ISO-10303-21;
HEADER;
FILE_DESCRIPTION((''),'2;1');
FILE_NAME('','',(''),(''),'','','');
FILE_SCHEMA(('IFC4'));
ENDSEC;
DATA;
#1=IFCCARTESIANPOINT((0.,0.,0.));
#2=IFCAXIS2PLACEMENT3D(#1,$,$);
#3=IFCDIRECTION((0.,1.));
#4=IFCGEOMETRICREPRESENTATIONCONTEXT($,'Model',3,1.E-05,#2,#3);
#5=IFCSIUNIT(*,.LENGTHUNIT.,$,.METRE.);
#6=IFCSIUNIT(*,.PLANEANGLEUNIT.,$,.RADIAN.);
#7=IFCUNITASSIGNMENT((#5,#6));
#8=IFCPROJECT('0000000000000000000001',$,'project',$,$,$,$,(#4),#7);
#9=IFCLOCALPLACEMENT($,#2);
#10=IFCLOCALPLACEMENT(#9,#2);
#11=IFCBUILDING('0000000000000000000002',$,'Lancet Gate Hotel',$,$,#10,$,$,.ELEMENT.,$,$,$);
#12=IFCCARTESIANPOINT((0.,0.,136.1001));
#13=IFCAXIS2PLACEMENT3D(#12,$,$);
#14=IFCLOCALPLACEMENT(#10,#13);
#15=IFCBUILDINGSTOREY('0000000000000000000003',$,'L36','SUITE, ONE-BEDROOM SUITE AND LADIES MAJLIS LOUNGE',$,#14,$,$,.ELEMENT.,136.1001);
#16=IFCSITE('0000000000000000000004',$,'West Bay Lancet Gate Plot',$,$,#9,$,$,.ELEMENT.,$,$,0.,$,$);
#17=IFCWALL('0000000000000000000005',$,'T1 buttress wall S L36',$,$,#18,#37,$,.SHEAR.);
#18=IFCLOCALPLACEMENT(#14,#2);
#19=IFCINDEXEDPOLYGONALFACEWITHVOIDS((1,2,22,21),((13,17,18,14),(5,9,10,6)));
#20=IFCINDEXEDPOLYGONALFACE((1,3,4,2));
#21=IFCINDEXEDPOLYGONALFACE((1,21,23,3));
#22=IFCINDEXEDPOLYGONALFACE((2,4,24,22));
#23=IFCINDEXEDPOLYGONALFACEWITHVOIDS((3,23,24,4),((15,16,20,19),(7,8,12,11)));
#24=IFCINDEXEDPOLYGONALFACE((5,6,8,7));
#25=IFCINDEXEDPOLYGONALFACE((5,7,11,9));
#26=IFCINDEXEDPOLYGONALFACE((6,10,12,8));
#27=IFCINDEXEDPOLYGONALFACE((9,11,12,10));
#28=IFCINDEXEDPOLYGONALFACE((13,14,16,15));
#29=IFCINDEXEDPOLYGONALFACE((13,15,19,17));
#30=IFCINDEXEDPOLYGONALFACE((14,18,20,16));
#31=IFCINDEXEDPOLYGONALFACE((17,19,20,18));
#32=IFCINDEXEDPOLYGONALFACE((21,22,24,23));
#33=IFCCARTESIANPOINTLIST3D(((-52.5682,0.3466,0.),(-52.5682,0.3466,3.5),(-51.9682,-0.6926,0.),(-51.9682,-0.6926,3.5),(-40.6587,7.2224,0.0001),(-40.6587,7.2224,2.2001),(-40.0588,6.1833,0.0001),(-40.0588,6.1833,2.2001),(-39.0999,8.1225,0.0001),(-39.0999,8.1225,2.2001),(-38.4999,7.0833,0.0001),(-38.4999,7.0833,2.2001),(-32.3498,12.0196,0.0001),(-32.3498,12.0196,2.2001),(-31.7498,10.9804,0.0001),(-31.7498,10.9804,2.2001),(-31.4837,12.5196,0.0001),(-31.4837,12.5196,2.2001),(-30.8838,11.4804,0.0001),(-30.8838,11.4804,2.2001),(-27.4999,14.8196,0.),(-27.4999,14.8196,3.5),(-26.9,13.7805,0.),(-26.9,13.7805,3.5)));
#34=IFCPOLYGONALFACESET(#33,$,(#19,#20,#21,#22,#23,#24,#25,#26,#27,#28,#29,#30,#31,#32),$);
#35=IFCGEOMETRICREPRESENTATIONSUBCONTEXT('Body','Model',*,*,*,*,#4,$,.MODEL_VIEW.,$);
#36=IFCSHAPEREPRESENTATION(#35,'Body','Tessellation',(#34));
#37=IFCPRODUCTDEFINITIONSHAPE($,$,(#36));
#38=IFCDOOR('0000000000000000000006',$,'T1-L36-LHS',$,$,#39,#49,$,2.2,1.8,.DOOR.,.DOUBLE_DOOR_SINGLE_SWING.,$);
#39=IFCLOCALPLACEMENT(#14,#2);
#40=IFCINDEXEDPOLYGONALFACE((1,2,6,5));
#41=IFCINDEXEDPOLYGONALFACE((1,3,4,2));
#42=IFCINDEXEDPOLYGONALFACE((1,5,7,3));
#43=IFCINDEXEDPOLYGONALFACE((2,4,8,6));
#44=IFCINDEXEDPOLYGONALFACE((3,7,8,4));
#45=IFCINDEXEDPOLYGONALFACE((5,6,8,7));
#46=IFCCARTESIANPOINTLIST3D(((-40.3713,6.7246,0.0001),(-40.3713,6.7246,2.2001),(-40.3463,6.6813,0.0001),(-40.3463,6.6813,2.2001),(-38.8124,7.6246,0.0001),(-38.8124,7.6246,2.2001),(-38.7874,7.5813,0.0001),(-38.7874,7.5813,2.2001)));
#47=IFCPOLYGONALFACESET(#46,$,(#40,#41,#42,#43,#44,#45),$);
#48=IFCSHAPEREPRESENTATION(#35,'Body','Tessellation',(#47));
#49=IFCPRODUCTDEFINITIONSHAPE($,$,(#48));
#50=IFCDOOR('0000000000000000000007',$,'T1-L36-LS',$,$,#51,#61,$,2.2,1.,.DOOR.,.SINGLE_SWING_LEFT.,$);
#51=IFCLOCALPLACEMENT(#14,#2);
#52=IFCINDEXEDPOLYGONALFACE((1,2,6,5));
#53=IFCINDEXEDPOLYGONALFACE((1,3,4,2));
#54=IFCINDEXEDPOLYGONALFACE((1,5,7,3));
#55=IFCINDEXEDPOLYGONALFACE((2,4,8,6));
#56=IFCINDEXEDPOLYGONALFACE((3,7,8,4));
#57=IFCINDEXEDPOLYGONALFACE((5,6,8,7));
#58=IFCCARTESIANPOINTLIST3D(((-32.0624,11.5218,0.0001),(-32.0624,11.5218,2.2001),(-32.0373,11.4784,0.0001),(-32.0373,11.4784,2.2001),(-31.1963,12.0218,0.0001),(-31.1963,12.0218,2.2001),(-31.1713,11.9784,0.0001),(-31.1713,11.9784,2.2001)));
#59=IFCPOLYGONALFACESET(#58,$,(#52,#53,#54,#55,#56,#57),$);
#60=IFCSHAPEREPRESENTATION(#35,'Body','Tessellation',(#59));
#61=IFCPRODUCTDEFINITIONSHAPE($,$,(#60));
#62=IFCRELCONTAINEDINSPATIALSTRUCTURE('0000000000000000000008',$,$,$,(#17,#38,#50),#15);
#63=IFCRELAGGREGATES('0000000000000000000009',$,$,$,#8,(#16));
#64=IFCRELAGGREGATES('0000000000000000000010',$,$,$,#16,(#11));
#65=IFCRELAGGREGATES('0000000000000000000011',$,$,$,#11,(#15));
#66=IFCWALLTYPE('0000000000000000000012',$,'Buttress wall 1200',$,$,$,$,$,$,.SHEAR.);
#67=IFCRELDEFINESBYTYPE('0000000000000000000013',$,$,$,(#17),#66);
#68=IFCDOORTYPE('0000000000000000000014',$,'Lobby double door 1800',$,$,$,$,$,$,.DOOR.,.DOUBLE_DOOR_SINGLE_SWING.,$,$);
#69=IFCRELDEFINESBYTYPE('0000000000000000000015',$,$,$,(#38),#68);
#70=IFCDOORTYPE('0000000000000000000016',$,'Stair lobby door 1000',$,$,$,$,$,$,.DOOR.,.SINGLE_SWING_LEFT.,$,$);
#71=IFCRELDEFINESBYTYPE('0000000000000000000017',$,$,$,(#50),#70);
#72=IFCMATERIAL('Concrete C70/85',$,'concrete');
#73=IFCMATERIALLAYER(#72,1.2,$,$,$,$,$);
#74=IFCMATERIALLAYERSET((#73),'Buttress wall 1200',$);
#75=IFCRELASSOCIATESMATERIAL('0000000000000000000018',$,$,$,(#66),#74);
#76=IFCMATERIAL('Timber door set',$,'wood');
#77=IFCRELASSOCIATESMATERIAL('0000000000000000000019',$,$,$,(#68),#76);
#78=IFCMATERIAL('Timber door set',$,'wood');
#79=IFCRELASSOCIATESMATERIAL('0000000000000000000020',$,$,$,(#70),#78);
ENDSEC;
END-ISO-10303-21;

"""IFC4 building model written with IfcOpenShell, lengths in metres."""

from ifc_helpers import new_model, si_unit, direction, frame, frame_2d, origin, place, context, subcontext, project, spatial, rectangle, extrude, material, layer, layer_set, type_object, element, fill, save


model = new_model("IFC4")

# Units and contexts
model_context = context("Model", 3, precision=1e-05, world=origin(), true_north=direction((0.0, 1.0)))
body_context = subcontext(model_context, "Body", "Model", "MODEL_VIEW")
ifc_project = project(units=[si_unit("LENGTHUNIT", "METRE"), si_unit("PLANEANGLEUNIT", "RADIAN")], contexts=[model_context])

# Site, building, storey
site_placement = place(None, origin())
site = spatial("IfcSite", under=ifc_project, at=site_placement, Name="West Bay Lancet Gate Plot", CompositionType="ELEMENT", RefElevation=0.0)
building_placement = place(site_placement, origin())
building = spatial("IfcBuilding", under=site, at=building_placement, Name="Lancet Gate Hotel", CompositionType="ELEMENT")
storey_placement = place(building_placement, frame((0.0, 0.0, 136.1001)))
storey = spatial("IfcBuildingStorey", under=building, at=storey_placement, Name="L36", Description="SUITE, ONE-BEDROOM SUITE AND LADIES MAJLIS LOUNGE", CompositionType="ELEMENT", Elevation=136.1001)

# Wall, openings, doors
ifc_material_1 = material(Name="Concrete C70/85", Category="concrete")
ifc_layer_1 = layer(ifc_material_1, 1.2)
ifc_layer_set_1 = layer_set([ifc_layer_1], Name="Buttress wall 1200")
wall_type = type_object("IfcWallType", Name="Buttress wall 1200", PredefinedType="SHEAR", material=ifc_layer_set_1)
wall_placement = place(storey_placement, frame((-27.2, 14.3, 0.0), z_axis=(0.0, 0.0, 1.0), x_axis=(-0.866027, -0.499998, 0.0)))
wall = element("IfcWall", 1, at=wall_placement, inside=storey, type_object=wall_type, Name="T1 buttress wall S L36", PredefinedType="SHEAR", context=body_context, shape_type="SweptSolid", body=[
    extrude(rectangle(XDim=28.9463, YDim=1.2, at=frame_2d((14.4731, 0.0))), origin(), (0.0, 0.0, 1.0), 3.5),
])
opening_1_placement = place(wall_placement, frame((4.6001, 0.0, 0.0)))
opening_1 = element("IfcOpeningElement", 2, at=opening_1_placement, cuts=wall, PredefinedType="OPENING", context=body_context, shape_type="SweptSolid", body=[
    extrude(rectangle(XDim=1.0, YDim=2.2, at=frame_2d((0.5, 1.1001))), frame((0.0, 0.6099, 0.0), z_axis=(0.0, -1.0, 0.0), x_axis=(1.0, 0.0, 0.0)), (0.0, 0.0, 1.0), 1.22),
])
opening_2_placement = place(wall_placement, frame((13.3945, 0.0, 0.0)))
opening_2 = element("IfcOpeningElement", 3, at=opening_2_placement, cuts=wall, PredefinedType="OPENING", context=body_context, shape_type="SweptSolid", body=[
    extrude(rectangle(XDim=1.8, YDim=2.2, at=frame_2d((0.8999, 1.1001))), frame((0.0, 0.6099, 0.0), z_axis=(0.0, -1.0, 0.0), x_axis=(1.0, 0.0, 0.0)), (0.0, 0.0, 1.0), 1.22),
])
ifc_material_2 = material(Name="Timber door set", Category="wood")
door_type_1 = type_object("IfcDoorType", Name="Lobby double door 1800", OperationType="DOUBLE_DOOR_SINGLE_SWING", PredefinedType="DOOR", material=ifc_material_2)
door_1_placement = place(opening_2_placement, origin())
door_1 = element("IfcDoor", 4, at=door_1_placement, inside=storey, type_object=door_type_1, Name="T1-L36-LHS", OperationType="DOUBLE_DOOR_SINGLE_SWING", OverallHeight=2.2, OverallWidth=1.8, PredefinedType="DOOR", context=body_context, shape_type="SweptSolid", body=[
    extrude(rectangle(XDim=1.8, YDim=2.2, at=frame_2d((0.8999, 1.1001))), frame((0.0, 0.0249, 0.0), z_axis=(0.0, -1.0, 0.0), x_axis=(1.0, 0.0, 0.0)), (0.0, 0.0, 1.0), 0.05),
])
fill(opening_2, door_1)
ifc_material_3 = material(Name="Timber door set", Category="wood")
door_type_2 = type_object("IfcDoorType", Name="Stair lobby door 1000", OperationType="SINGLE_SWING_LEFT", PredefinedType="DOOR", material=ifc_material_3)
door_2_placement = place(opening_1_placement, origin())
door_2 = element("IfcDoor", 5, at=door_2_placement, inside=storey, type_object=door_type_2, Name="T1-L36-LS", OperationType="SINGLE_SWING_LEFT", OverallHeight=2.2, OverallWidth=1.0, PredefinedType="DOOR", context=body_context, shape_type="SweptSolid", body=[
    extrude(rectangle(XDim=1.0, YDim=2.2, at=frame_2d((0.5, 1.1001))), frame((0.0, 0.0249, 0.0), z_axis=(0.0, -1.0, 0.0), x_axis=(1.0, 0.0, 0.0)), (0.0, 0.0, 1.0), 0.05),
])
fill(opening_1, door_2)

save(model, "model.ifc")
